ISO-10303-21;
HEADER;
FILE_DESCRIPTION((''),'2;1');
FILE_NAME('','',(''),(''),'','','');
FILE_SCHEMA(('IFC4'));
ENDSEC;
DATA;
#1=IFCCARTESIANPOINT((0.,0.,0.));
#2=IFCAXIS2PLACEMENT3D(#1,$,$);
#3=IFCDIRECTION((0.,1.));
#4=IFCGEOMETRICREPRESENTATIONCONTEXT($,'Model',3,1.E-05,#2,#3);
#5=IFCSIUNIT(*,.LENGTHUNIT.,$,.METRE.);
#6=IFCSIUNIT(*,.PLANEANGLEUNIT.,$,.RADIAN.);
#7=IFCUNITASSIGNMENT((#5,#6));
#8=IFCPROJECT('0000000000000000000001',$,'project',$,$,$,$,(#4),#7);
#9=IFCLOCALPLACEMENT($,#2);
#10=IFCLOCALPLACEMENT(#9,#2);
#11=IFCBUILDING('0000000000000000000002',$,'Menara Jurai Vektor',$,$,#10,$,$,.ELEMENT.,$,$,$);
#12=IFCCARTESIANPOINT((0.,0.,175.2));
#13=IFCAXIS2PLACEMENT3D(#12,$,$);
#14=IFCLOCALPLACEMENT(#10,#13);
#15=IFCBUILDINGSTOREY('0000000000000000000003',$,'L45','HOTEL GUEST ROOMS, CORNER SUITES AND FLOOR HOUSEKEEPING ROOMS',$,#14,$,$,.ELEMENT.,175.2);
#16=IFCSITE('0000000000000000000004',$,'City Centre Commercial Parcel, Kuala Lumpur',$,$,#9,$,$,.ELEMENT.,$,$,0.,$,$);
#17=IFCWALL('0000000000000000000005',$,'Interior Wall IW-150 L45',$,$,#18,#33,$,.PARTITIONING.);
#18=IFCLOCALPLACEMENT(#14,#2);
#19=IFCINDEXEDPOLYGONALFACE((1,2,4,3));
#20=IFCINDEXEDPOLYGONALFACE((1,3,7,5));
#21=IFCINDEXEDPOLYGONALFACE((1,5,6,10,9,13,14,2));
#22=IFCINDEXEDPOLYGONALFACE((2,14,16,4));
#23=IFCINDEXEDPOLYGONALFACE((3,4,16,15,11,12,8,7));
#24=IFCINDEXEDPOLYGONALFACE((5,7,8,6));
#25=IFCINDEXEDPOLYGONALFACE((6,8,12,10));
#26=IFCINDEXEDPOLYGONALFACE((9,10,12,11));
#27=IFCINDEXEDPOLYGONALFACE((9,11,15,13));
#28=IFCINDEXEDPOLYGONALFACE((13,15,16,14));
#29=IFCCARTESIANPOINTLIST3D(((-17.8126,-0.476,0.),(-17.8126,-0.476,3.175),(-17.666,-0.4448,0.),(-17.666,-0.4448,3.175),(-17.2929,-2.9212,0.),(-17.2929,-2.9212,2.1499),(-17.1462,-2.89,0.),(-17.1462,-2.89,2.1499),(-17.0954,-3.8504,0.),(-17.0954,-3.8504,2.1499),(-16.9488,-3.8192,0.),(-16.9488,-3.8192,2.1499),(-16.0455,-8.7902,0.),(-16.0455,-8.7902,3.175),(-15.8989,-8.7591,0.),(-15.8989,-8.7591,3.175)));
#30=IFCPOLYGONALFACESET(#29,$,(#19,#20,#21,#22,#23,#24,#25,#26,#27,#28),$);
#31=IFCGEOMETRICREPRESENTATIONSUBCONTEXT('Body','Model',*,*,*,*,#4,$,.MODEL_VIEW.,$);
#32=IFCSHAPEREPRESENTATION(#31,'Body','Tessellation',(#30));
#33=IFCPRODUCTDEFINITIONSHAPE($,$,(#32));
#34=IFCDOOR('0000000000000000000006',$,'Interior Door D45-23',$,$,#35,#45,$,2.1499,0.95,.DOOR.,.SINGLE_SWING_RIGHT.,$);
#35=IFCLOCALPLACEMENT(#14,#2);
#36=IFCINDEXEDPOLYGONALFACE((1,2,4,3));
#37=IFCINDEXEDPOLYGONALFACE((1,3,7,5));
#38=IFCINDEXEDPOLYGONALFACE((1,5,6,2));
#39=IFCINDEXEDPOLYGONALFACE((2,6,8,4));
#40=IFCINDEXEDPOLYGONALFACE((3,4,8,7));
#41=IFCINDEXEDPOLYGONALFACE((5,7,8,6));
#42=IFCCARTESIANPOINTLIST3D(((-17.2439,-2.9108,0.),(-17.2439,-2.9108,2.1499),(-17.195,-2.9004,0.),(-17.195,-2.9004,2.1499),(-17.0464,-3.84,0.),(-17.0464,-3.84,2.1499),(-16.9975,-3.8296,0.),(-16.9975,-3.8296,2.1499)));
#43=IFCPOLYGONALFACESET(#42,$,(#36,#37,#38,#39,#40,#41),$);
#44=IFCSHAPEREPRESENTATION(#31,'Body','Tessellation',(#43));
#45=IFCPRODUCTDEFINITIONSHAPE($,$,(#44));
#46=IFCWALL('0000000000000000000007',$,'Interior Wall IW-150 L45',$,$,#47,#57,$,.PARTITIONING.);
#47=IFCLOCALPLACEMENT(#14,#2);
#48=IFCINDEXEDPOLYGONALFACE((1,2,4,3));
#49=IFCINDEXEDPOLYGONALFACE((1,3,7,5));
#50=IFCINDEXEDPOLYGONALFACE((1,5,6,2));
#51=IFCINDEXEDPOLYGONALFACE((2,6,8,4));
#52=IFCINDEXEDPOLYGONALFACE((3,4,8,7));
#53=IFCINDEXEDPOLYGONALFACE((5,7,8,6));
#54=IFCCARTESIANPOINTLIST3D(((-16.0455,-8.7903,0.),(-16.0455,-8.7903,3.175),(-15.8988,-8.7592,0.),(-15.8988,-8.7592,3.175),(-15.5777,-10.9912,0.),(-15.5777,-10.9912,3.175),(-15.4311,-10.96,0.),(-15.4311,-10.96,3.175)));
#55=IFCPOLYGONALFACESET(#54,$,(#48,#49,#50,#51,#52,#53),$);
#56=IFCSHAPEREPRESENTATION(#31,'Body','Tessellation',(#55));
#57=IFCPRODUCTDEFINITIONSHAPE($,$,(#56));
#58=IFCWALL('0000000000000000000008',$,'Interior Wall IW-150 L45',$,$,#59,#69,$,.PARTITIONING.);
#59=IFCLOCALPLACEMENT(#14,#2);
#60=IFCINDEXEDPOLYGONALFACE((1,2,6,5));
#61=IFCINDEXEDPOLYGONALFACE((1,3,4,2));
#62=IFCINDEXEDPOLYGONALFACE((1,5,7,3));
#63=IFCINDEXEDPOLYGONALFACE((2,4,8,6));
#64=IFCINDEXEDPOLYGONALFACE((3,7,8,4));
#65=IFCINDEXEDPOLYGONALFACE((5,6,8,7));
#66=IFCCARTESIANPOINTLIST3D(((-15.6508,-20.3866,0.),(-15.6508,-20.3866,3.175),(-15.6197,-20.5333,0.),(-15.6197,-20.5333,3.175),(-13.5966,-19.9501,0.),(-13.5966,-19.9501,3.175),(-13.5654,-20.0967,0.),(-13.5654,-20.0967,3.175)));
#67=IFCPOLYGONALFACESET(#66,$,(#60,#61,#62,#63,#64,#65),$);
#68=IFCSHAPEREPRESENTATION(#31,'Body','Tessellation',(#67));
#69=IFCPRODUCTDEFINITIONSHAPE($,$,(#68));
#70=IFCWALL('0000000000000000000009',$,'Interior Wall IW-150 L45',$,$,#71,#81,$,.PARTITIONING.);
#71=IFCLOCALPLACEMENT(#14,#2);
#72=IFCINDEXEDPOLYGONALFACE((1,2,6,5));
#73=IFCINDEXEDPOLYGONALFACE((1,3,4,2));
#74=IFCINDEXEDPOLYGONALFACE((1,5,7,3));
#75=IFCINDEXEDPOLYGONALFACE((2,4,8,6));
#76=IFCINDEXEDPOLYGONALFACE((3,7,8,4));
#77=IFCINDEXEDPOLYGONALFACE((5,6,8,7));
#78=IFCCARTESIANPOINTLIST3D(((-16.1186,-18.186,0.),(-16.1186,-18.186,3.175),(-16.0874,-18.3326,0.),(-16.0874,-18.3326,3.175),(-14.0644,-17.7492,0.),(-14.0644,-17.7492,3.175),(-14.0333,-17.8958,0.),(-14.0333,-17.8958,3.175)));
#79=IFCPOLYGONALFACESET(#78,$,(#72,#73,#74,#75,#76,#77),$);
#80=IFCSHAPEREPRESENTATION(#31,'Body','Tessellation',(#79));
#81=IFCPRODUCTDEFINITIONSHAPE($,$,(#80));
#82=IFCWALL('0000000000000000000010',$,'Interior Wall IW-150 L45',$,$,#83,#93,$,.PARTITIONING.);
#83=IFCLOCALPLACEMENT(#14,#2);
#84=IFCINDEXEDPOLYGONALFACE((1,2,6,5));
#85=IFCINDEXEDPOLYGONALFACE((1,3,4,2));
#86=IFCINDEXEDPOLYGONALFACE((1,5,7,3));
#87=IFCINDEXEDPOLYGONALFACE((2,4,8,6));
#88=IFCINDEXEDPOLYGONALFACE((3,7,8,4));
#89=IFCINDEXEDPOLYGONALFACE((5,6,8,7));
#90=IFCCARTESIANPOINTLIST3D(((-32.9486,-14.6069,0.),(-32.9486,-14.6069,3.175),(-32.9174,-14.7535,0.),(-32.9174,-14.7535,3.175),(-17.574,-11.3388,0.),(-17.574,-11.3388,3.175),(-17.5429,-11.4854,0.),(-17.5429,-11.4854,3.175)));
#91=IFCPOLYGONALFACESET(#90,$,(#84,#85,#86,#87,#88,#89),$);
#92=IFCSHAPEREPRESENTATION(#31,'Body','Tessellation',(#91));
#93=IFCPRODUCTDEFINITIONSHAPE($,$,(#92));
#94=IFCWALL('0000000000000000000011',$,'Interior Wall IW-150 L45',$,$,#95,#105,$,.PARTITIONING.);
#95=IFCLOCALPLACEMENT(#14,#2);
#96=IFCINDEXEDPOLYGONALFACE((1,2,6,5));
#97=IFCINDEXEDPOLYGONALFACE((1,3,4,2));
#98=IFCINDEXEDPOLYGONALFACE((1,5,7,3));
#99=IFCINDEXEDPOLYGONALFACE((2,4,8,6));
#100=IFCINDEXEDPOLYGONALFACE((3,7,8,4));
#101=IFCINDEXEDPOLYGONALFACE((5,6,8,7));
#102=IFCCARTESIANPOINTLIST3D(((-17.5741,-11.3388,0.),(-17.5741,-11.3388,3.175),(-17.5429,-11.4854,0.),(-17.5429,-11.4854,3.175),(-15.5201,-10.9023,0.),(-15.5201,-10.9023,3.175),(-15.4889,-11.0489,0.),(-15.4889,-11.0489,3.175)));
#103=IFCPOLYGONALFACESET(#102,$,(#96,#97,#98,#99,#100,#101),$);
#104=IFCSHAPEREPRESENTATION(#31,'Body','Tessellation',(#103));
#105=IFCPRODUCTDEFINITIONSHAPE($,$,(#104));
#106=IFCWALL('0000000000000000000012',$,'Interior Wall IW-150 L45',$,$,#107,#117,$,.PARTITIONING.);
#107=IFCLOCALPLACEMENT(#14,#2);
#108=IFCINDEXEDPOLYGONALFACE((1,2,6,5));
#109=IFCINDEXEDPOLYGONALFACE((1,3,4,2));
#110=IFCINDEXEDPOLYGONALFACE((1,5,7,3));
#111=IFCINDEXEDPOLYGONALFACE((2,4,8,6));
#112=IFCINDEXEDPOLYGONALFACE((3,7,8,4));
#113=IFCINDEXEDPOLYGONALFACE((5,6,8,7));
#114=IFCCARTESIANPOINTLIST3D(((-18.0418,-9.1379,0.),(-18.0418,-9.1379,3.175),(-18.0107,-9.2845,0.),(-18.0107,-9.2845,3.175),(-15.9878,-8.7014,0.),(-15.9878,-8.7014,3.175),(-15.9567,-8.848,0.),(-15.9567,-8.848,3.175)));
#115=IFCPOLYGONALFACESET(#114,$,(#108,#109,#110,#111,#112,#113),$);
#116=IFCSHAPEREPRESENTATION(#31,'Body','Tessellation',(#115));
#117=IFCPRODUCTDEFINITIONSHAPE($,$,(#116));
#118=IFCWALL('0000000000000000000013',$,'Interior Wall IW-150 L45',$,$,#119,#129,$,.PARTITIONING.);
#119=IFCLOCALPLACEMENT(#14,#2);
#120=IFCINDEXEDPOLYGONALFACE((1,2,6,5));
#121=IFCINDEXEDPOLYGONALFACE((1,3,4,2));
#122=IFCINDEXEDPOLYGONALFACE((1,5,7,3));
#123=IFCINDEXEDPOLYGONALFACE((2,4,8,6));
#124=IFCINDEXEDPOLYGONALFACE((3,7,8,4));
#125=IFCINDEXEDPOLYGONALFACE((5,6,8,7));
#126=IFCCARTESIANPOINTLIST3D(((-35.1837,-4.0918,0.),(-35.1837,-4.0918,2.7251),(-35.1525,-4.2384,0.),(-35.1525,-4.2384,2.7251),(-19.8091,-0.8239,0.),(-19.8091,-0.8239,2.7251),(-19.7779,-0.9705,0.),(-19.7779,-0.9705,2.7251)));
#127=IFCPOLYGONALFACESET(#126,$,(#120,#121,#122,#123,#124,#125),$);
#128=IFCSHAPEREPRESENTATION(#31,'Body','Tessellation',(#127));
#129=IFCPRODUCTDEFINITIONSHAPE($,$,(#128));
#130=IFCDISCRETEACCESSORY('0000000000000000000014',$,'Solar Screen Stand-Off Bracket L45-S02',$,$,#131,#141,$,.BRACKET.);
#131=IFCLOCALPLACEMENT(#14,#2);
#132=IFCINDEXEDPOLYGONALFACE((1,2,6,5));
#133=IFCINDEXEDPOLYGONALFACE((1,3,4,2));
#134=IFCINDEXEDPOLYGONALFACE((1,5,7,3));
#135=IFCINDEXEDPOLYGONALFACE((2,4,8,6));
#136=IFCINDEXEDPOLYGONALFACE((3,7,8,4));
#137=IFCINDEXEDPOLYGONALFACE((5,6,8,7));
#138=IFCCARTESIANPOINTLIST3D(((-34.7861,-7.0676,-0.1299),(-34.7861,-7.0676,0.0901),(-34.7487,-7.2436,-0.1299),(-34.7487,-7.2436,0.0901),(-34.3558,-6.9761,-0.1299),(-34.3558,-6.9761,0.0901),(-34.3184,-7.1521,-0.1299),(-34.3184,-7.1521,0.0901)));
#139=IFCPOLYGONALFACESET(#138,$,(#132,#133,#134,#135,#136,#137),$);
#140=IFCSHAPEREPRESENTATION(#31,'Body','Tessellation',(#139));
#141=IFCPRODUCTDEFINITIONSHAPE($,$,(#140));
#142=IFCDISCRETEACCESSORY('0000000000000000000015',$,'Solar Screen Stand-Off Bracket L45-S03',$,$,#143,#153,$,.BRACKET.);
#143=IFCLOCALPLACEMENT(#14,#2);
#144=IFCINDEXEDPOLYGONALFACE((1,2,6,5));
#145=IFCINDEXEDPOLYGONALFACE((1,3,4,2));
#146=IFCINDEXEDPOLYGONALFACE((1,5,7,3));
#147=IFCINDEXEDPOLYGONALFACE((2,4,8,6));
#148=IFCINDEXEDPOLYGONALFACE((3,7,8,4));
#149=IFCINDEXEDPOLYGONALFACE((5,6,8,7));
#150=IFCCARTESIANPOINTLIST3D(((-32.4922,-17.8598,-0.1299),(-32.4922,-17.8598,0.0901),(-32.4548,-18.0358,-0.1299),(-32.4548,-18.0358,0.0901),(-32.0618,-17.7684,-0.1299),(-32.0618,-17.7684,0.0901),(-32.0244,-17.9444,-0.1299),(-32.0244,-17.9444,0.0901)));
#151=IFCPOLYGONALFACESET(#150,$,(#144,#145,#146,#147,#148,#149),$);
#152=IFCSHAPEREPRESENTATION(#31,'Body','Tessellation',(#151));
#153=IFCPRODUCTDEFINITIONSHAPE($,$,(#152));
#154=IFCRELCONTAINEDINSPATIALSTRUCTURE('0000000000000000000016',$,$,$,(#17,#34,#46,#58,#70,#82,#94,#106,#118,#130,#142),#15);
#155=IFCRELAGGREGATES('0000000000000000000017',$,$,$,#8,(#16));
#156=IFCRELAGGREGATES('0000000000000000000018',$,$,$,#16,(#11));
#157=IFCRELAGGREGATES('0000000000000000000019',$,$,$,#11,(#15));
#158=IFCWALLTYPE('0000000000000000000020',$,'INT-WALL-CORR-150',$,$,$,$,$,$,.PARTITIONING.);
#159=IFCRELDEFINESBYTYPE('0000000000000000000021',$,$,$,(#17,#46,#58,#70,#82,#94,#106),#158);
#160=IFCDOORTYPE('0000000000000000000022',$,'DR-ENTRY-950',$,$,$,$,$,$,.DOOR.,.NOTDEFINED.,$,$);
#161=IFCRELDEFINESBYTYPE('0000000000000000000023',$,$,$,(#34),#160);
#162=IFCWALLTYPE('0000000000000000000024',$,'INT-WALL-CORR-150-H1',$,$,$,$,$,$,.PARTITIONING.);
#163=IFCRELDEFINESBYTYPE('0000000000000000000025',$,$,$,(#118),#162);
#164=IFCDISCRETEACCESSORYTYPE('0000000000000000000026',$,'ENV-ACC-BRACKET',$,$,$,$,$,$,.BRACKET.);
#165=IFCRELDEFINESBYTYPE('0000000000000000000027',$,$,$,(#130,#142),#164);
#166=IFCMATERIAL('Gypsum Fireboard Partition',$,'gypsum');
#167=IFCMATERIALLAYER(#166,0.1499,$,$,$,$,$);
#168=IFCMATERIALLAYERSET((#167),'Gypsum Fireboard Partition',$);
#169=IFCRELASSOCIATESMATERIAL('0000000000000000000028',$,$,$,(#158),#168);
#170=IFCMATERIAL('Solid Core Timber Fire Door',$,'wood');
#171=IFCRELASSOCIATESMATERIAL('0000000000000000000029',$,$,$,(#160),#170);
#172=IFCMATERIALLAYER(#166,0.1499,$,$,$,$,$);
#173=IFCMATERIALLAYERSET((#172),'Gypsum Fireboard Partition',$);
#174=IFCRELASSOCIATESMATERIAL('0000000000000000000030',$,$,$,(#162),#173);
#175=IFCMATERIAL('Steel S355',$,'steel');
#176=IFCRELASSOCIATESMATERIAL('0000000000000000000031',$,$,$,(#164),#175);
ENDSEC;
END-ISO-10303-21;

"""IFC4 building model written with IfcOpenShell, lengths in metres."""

from ifc_helpers import new_model, si_unit, direction, frame, frame_2d, origin, origin_2d, place, context, subcontext, project, spatial, rectangle, extrude, material, layer, layer_set, type_object, element, fill, save


model = new_model("IFC4")

# Units and contexts
model_context = context("Model", 3, precision=1e-05, world=origin(), true_north=direction((0.0, 1.0)))
body_context = subcontext(model_context, "Body", "Model", "MODEL_VIEW")
ifc_project = project(units=[si_unit("LENGTHUNIT", "METRE"), si_unit("PLANEANGLEUNIT", "RADIAN")], contexts=[model_context])

# Site, building, storey
site_placement = place(None, origin())
site = spatial("IfcSite", under=ifc_project, at=site_placement, Name="City Centre Commercial Parcel, Kuala Lumpur", CompositionType="ELEMENT", RefElevation=0.0)
building_placement = place(site_placement, origin())
building = spatial("IfcBuilding", under=site, at=building_placement, Name="Menara Jurai Vektor", CompositionType="ELEMENT")
storey_placement = place(building_placement, frame((0.0, 0.0, 175.2)))
storey = spatial("IfcBuildingStorey", under=building, at=storey_placement, Name="L45", Description="HOTEL GUEST ROOMS, CORNER SUITES AND FLOOR HOUSEKEEPING ROOMS", CompositionType="ELEMENT", Elevation=175.2)

# Shared definitions
ifc_material_1 = material(Name="Steel S355", Category="steel")

# Wall, opening, door
ifc_material_2 = material(Name="Gypsum Fireboard Partition", Category="gypsum")
ifc_layer_1 = layer(ifc_material_2, 0.1499)
ifc_layer_set_1 = layer_set([ifc_layer_1], Name="Gypsum Fireboard Partition")
wall_type_1 = type_object("IfcWallType", Name="INT-WALL-CORR-150", PredefinedType="PARTITIONING", material=ifc_layer_set_1)
wall_1_placement = place(storey_placement, frame((-15.9722, -8.7747, 0.0), z_axis=(0.0, 0.0, 1.0), x_axis=(-0.207895, 0.978151, 0.0)))
wall_1 = element("IfcWall", 1, at=wall_1_placement, inside=storey, type_object=wall_type_1, Name="Interior Wall IW-150 L45", PredefinedType="PARTITIONING", context=body_context, shape_type="SweptSolid", body=[
    extrude(rectangle(XDim=8.5, YDim=0.1499, at=frame_2d((4.25, 0.0))), origin(), (0.0, 0.0, 1.0), 3.175),
])
opening_1_placement = place(wall_1_placement, frame((5.05, 0.0, 0.0)))
opening_1 = element("IfcOpeningElement", 2, at=opening_1_placement, cuts=wall_1, PredefinedType="OPENING", context=body_context, shape_type="SweptSolid", body=[
    extrude(rectangle(XDim=0.95, YDim=2.1499, at=frame_2d((0.4751, 1.075))), frame((0.0, 0.085, 0.0), z_axis=(0.0, -1.0, 0.0), x_axis=(1.0, 0.0, 0.0)), (0.0, 0.0, 1.0), 0.1699),
])
ifc_material_3 = material(Name="Solid Core Timber Fire Door", Category="wood")
door_type_1 = type_object("IfcDoorType", Name="DR-ENTRY-950", OperationType="NOTDEFINED", PredefinedType="DOOR", material=ifc_material_3)
door_1_placement = place(opening_1_placement, origin())
door_1 = element("IfcDoor", 3, at=door_1_placement, inside=storey, type_object=door_type_1, Name="Interior Door D45-23", OperationType="SINGLE_SWING_RIGHT", OverallHeight=2.1499, OverallWidth=0.95, PredefinedType="DOOR", context=body_context, shape_type="SweptSolid", body=[
    extrude(rectangle(XDim=0.95, YDim=2.1499, at=frame_2d((0.4751, 1.075))), frame((0.0, 0.0249, 0.0), z_axis=(0.0, -1.0, 0.0), x_axis=(1.0, 0.0, 0.0)), (0.0, 0.0, 1.0), 0.05),
])
fill(opening_1, door_1)

# Wall
wall_2_placement = place(storey_placement, frame((-15.5044, -10.9756, 0.0), z_axis=(0.0, 0.0, 1.0), x_axis=(-0.207891, 0.978152, 0.0)))
element("IfcWall", 4, at=wall_2_placement, inside=storey, type_object=wall_type_1, Name="Interior Wall IW-150 L45", PredefinedType="PARTITIONING", context=body_context, shape_type="SweptSolid", body=[
    extrude(rectangle(XDim=2.25, YDim=0.1499, at=frame_2d((1.125, 0.0))), origin(), (0.0, 0.0, 1.0), 3.175),
])

# Walls
for number, where, z_axis, x_axis, name in (
    (5, (-15.6353, -20.46, 0.0), (0.0, 0.0, 1.0), (0.978158, 0.207862, 0.0), "Interior Wall IW-150 L45"),
    (6, (-16.103, -18.2593, 0.0), (0.0, 0.0, 1.0), (0.978135, 0.207973, 0.0), "Interior Wall IW-150 L45"),
):
    element("IfcWall", number, at=place(storey_placement, frame(where, z_axis=z_axis, x_axis=x_axis)), inside=storey, type_object=wall_type_1, Name=name, PredefinedType="PARTITIONING", context=body_context, shape_type="SweptSolid", body=[
        extrude(rectangle(XDim=2.1001, YDim=0.1499, at=frame_2d((1.05, 0.0))), origin(), (0.0, 0.0, 1.0), 3.175),
    ])
wall_3_placement = place(storey_placement, frame((-32.9329, -14.6802, 0.0), z_axis=(0.0, 0.0, 1.0), x_axis=(0.978146, 0.207919, 0.0)))
element("IfcWall", 7, at=wall_3_placement, inside=storey, type_object=wall_type_1, Name="Interior Wall IW-150 L45", PredefinedType="PARTITIONING", context=body_context, shape_type="SweptSolid", body=[
    extrude(rectangle(XDim=15.718, YDim=0.1499, at=frame_2d((7.8589, 0.0))), origin(), (0.0, 0.0, 1.0), 3.175),
])
wall_4_placement = place(storey_placement, frame((-17.5583, -11.4121, 0.0), z_axis=(0.0, 0.0, 1.0), x_axis=(0.978153, 0.207885, 0.0)))
element("IfcWall", 8, at=wall_4_placement, inside=storey, type_object=wall_type_1, Name="Interior Wall IW-150 L45", PredefinedType="PARTITIONING", context=body_context, shape_type="SweptSolid", body=[
    extrude(rectangle(XDim=2.0999, YDim=0.1499, at=frame_2d((1.0498, 0.0))), origin(), (0.0, 0.0, 1.0), 3.175),
])

# Walls
wall_5_placement = place(storey_placement, frame((-18.0261, -9.2112, 0.0), z_axis=(0.0, 0.0, 1.0), x_axis=(0.978153, 0.207885, 0.0)))
element("IfcWall", 9, at=wall_5_placement, inside=storey, type_object=wall_type_1, Name="Interior Wall IW-150 L45", PredefinedType="PARTITIONING", context=body_context, shape_type="SweptSolid", body=[
    extrude(rectangle(XDim=2.0999, YDim=0.1499, at=frame_2d((1.0498, 0.0))), origin(), (0.0, 0.0, 1.0), 3.175),
])
ifc_layer_2 = layer(ifc_material_2, 0.1499)
ifc_layer_set_2 = layer_set([ifc_layer_2], Name="Gypsum Fireboard Partition")
wall_type_2 = type_object("IfcWallType", Name="INT-WALL-CORR-150-H1", PredefinedType="PARTITIONING", material=ifc_layer_set_2)
wall_6_placement = place(storey_placement, frame((-35.168, -4.165, 0.0), z_axis=(0.0, 0.0, 1.0), x_axis=(0.978149, 0.207904, 0.0)))
element("IfcWall", 10, at=wall_6_placement, inside=storey, type_object=wall_type_2, Name="Interior Wall IW-150 L45", PredefinedType="PARTITIONING", context=body_context, shape_type="SweptSolid", body=[
    extrude(rectangle(XDim=15.718, YDim=0.1499, at=frame_2d((7.8589, 0.0))), origin(), (0.0, 0.0, 1.0), 2.7251),
])

# Discrete accessories
discrete_accessory_type = type_object("IfcDiscreteAccessoryType", Name="ENV-ACC-BRACKET", PredefinedType="BRACKET", material=ifc_material_1)
for number, where, z_axis, x_axis, name in (
    (11, (-34.5522, -7.1099, -0.1299), (0.0, 0.0, 1.0), (0.207912, -0.978148, 0.0), "Solar Screen Stand-Off Bracket L45-S02"),
    (12, (-32.2583, -17.9021, -0.1299), (0.0, 0.0, 1.0), (0.207912, -0.978148, 0.0), "Solar Screen Stand-Off Bracket L45-S03"),
):
    element("IfcDiscreteAccessory", number, at=place(storey_placement, frame(where, z_axis=z_axis, x_axis=x_axis)), inside=storey, type_object=discrete_accessory_type, Name=name, PredefinedType="BRACKET", context=body_context, shape_type="SweptSolid", body=[
        extrude(rectangle(XDim=0.1799, YDim=0.4399, at=origin_2d()), origin(), (0.0, 0.0, 1.0), 0.22),
    ])

save(model, "model.ifc")
